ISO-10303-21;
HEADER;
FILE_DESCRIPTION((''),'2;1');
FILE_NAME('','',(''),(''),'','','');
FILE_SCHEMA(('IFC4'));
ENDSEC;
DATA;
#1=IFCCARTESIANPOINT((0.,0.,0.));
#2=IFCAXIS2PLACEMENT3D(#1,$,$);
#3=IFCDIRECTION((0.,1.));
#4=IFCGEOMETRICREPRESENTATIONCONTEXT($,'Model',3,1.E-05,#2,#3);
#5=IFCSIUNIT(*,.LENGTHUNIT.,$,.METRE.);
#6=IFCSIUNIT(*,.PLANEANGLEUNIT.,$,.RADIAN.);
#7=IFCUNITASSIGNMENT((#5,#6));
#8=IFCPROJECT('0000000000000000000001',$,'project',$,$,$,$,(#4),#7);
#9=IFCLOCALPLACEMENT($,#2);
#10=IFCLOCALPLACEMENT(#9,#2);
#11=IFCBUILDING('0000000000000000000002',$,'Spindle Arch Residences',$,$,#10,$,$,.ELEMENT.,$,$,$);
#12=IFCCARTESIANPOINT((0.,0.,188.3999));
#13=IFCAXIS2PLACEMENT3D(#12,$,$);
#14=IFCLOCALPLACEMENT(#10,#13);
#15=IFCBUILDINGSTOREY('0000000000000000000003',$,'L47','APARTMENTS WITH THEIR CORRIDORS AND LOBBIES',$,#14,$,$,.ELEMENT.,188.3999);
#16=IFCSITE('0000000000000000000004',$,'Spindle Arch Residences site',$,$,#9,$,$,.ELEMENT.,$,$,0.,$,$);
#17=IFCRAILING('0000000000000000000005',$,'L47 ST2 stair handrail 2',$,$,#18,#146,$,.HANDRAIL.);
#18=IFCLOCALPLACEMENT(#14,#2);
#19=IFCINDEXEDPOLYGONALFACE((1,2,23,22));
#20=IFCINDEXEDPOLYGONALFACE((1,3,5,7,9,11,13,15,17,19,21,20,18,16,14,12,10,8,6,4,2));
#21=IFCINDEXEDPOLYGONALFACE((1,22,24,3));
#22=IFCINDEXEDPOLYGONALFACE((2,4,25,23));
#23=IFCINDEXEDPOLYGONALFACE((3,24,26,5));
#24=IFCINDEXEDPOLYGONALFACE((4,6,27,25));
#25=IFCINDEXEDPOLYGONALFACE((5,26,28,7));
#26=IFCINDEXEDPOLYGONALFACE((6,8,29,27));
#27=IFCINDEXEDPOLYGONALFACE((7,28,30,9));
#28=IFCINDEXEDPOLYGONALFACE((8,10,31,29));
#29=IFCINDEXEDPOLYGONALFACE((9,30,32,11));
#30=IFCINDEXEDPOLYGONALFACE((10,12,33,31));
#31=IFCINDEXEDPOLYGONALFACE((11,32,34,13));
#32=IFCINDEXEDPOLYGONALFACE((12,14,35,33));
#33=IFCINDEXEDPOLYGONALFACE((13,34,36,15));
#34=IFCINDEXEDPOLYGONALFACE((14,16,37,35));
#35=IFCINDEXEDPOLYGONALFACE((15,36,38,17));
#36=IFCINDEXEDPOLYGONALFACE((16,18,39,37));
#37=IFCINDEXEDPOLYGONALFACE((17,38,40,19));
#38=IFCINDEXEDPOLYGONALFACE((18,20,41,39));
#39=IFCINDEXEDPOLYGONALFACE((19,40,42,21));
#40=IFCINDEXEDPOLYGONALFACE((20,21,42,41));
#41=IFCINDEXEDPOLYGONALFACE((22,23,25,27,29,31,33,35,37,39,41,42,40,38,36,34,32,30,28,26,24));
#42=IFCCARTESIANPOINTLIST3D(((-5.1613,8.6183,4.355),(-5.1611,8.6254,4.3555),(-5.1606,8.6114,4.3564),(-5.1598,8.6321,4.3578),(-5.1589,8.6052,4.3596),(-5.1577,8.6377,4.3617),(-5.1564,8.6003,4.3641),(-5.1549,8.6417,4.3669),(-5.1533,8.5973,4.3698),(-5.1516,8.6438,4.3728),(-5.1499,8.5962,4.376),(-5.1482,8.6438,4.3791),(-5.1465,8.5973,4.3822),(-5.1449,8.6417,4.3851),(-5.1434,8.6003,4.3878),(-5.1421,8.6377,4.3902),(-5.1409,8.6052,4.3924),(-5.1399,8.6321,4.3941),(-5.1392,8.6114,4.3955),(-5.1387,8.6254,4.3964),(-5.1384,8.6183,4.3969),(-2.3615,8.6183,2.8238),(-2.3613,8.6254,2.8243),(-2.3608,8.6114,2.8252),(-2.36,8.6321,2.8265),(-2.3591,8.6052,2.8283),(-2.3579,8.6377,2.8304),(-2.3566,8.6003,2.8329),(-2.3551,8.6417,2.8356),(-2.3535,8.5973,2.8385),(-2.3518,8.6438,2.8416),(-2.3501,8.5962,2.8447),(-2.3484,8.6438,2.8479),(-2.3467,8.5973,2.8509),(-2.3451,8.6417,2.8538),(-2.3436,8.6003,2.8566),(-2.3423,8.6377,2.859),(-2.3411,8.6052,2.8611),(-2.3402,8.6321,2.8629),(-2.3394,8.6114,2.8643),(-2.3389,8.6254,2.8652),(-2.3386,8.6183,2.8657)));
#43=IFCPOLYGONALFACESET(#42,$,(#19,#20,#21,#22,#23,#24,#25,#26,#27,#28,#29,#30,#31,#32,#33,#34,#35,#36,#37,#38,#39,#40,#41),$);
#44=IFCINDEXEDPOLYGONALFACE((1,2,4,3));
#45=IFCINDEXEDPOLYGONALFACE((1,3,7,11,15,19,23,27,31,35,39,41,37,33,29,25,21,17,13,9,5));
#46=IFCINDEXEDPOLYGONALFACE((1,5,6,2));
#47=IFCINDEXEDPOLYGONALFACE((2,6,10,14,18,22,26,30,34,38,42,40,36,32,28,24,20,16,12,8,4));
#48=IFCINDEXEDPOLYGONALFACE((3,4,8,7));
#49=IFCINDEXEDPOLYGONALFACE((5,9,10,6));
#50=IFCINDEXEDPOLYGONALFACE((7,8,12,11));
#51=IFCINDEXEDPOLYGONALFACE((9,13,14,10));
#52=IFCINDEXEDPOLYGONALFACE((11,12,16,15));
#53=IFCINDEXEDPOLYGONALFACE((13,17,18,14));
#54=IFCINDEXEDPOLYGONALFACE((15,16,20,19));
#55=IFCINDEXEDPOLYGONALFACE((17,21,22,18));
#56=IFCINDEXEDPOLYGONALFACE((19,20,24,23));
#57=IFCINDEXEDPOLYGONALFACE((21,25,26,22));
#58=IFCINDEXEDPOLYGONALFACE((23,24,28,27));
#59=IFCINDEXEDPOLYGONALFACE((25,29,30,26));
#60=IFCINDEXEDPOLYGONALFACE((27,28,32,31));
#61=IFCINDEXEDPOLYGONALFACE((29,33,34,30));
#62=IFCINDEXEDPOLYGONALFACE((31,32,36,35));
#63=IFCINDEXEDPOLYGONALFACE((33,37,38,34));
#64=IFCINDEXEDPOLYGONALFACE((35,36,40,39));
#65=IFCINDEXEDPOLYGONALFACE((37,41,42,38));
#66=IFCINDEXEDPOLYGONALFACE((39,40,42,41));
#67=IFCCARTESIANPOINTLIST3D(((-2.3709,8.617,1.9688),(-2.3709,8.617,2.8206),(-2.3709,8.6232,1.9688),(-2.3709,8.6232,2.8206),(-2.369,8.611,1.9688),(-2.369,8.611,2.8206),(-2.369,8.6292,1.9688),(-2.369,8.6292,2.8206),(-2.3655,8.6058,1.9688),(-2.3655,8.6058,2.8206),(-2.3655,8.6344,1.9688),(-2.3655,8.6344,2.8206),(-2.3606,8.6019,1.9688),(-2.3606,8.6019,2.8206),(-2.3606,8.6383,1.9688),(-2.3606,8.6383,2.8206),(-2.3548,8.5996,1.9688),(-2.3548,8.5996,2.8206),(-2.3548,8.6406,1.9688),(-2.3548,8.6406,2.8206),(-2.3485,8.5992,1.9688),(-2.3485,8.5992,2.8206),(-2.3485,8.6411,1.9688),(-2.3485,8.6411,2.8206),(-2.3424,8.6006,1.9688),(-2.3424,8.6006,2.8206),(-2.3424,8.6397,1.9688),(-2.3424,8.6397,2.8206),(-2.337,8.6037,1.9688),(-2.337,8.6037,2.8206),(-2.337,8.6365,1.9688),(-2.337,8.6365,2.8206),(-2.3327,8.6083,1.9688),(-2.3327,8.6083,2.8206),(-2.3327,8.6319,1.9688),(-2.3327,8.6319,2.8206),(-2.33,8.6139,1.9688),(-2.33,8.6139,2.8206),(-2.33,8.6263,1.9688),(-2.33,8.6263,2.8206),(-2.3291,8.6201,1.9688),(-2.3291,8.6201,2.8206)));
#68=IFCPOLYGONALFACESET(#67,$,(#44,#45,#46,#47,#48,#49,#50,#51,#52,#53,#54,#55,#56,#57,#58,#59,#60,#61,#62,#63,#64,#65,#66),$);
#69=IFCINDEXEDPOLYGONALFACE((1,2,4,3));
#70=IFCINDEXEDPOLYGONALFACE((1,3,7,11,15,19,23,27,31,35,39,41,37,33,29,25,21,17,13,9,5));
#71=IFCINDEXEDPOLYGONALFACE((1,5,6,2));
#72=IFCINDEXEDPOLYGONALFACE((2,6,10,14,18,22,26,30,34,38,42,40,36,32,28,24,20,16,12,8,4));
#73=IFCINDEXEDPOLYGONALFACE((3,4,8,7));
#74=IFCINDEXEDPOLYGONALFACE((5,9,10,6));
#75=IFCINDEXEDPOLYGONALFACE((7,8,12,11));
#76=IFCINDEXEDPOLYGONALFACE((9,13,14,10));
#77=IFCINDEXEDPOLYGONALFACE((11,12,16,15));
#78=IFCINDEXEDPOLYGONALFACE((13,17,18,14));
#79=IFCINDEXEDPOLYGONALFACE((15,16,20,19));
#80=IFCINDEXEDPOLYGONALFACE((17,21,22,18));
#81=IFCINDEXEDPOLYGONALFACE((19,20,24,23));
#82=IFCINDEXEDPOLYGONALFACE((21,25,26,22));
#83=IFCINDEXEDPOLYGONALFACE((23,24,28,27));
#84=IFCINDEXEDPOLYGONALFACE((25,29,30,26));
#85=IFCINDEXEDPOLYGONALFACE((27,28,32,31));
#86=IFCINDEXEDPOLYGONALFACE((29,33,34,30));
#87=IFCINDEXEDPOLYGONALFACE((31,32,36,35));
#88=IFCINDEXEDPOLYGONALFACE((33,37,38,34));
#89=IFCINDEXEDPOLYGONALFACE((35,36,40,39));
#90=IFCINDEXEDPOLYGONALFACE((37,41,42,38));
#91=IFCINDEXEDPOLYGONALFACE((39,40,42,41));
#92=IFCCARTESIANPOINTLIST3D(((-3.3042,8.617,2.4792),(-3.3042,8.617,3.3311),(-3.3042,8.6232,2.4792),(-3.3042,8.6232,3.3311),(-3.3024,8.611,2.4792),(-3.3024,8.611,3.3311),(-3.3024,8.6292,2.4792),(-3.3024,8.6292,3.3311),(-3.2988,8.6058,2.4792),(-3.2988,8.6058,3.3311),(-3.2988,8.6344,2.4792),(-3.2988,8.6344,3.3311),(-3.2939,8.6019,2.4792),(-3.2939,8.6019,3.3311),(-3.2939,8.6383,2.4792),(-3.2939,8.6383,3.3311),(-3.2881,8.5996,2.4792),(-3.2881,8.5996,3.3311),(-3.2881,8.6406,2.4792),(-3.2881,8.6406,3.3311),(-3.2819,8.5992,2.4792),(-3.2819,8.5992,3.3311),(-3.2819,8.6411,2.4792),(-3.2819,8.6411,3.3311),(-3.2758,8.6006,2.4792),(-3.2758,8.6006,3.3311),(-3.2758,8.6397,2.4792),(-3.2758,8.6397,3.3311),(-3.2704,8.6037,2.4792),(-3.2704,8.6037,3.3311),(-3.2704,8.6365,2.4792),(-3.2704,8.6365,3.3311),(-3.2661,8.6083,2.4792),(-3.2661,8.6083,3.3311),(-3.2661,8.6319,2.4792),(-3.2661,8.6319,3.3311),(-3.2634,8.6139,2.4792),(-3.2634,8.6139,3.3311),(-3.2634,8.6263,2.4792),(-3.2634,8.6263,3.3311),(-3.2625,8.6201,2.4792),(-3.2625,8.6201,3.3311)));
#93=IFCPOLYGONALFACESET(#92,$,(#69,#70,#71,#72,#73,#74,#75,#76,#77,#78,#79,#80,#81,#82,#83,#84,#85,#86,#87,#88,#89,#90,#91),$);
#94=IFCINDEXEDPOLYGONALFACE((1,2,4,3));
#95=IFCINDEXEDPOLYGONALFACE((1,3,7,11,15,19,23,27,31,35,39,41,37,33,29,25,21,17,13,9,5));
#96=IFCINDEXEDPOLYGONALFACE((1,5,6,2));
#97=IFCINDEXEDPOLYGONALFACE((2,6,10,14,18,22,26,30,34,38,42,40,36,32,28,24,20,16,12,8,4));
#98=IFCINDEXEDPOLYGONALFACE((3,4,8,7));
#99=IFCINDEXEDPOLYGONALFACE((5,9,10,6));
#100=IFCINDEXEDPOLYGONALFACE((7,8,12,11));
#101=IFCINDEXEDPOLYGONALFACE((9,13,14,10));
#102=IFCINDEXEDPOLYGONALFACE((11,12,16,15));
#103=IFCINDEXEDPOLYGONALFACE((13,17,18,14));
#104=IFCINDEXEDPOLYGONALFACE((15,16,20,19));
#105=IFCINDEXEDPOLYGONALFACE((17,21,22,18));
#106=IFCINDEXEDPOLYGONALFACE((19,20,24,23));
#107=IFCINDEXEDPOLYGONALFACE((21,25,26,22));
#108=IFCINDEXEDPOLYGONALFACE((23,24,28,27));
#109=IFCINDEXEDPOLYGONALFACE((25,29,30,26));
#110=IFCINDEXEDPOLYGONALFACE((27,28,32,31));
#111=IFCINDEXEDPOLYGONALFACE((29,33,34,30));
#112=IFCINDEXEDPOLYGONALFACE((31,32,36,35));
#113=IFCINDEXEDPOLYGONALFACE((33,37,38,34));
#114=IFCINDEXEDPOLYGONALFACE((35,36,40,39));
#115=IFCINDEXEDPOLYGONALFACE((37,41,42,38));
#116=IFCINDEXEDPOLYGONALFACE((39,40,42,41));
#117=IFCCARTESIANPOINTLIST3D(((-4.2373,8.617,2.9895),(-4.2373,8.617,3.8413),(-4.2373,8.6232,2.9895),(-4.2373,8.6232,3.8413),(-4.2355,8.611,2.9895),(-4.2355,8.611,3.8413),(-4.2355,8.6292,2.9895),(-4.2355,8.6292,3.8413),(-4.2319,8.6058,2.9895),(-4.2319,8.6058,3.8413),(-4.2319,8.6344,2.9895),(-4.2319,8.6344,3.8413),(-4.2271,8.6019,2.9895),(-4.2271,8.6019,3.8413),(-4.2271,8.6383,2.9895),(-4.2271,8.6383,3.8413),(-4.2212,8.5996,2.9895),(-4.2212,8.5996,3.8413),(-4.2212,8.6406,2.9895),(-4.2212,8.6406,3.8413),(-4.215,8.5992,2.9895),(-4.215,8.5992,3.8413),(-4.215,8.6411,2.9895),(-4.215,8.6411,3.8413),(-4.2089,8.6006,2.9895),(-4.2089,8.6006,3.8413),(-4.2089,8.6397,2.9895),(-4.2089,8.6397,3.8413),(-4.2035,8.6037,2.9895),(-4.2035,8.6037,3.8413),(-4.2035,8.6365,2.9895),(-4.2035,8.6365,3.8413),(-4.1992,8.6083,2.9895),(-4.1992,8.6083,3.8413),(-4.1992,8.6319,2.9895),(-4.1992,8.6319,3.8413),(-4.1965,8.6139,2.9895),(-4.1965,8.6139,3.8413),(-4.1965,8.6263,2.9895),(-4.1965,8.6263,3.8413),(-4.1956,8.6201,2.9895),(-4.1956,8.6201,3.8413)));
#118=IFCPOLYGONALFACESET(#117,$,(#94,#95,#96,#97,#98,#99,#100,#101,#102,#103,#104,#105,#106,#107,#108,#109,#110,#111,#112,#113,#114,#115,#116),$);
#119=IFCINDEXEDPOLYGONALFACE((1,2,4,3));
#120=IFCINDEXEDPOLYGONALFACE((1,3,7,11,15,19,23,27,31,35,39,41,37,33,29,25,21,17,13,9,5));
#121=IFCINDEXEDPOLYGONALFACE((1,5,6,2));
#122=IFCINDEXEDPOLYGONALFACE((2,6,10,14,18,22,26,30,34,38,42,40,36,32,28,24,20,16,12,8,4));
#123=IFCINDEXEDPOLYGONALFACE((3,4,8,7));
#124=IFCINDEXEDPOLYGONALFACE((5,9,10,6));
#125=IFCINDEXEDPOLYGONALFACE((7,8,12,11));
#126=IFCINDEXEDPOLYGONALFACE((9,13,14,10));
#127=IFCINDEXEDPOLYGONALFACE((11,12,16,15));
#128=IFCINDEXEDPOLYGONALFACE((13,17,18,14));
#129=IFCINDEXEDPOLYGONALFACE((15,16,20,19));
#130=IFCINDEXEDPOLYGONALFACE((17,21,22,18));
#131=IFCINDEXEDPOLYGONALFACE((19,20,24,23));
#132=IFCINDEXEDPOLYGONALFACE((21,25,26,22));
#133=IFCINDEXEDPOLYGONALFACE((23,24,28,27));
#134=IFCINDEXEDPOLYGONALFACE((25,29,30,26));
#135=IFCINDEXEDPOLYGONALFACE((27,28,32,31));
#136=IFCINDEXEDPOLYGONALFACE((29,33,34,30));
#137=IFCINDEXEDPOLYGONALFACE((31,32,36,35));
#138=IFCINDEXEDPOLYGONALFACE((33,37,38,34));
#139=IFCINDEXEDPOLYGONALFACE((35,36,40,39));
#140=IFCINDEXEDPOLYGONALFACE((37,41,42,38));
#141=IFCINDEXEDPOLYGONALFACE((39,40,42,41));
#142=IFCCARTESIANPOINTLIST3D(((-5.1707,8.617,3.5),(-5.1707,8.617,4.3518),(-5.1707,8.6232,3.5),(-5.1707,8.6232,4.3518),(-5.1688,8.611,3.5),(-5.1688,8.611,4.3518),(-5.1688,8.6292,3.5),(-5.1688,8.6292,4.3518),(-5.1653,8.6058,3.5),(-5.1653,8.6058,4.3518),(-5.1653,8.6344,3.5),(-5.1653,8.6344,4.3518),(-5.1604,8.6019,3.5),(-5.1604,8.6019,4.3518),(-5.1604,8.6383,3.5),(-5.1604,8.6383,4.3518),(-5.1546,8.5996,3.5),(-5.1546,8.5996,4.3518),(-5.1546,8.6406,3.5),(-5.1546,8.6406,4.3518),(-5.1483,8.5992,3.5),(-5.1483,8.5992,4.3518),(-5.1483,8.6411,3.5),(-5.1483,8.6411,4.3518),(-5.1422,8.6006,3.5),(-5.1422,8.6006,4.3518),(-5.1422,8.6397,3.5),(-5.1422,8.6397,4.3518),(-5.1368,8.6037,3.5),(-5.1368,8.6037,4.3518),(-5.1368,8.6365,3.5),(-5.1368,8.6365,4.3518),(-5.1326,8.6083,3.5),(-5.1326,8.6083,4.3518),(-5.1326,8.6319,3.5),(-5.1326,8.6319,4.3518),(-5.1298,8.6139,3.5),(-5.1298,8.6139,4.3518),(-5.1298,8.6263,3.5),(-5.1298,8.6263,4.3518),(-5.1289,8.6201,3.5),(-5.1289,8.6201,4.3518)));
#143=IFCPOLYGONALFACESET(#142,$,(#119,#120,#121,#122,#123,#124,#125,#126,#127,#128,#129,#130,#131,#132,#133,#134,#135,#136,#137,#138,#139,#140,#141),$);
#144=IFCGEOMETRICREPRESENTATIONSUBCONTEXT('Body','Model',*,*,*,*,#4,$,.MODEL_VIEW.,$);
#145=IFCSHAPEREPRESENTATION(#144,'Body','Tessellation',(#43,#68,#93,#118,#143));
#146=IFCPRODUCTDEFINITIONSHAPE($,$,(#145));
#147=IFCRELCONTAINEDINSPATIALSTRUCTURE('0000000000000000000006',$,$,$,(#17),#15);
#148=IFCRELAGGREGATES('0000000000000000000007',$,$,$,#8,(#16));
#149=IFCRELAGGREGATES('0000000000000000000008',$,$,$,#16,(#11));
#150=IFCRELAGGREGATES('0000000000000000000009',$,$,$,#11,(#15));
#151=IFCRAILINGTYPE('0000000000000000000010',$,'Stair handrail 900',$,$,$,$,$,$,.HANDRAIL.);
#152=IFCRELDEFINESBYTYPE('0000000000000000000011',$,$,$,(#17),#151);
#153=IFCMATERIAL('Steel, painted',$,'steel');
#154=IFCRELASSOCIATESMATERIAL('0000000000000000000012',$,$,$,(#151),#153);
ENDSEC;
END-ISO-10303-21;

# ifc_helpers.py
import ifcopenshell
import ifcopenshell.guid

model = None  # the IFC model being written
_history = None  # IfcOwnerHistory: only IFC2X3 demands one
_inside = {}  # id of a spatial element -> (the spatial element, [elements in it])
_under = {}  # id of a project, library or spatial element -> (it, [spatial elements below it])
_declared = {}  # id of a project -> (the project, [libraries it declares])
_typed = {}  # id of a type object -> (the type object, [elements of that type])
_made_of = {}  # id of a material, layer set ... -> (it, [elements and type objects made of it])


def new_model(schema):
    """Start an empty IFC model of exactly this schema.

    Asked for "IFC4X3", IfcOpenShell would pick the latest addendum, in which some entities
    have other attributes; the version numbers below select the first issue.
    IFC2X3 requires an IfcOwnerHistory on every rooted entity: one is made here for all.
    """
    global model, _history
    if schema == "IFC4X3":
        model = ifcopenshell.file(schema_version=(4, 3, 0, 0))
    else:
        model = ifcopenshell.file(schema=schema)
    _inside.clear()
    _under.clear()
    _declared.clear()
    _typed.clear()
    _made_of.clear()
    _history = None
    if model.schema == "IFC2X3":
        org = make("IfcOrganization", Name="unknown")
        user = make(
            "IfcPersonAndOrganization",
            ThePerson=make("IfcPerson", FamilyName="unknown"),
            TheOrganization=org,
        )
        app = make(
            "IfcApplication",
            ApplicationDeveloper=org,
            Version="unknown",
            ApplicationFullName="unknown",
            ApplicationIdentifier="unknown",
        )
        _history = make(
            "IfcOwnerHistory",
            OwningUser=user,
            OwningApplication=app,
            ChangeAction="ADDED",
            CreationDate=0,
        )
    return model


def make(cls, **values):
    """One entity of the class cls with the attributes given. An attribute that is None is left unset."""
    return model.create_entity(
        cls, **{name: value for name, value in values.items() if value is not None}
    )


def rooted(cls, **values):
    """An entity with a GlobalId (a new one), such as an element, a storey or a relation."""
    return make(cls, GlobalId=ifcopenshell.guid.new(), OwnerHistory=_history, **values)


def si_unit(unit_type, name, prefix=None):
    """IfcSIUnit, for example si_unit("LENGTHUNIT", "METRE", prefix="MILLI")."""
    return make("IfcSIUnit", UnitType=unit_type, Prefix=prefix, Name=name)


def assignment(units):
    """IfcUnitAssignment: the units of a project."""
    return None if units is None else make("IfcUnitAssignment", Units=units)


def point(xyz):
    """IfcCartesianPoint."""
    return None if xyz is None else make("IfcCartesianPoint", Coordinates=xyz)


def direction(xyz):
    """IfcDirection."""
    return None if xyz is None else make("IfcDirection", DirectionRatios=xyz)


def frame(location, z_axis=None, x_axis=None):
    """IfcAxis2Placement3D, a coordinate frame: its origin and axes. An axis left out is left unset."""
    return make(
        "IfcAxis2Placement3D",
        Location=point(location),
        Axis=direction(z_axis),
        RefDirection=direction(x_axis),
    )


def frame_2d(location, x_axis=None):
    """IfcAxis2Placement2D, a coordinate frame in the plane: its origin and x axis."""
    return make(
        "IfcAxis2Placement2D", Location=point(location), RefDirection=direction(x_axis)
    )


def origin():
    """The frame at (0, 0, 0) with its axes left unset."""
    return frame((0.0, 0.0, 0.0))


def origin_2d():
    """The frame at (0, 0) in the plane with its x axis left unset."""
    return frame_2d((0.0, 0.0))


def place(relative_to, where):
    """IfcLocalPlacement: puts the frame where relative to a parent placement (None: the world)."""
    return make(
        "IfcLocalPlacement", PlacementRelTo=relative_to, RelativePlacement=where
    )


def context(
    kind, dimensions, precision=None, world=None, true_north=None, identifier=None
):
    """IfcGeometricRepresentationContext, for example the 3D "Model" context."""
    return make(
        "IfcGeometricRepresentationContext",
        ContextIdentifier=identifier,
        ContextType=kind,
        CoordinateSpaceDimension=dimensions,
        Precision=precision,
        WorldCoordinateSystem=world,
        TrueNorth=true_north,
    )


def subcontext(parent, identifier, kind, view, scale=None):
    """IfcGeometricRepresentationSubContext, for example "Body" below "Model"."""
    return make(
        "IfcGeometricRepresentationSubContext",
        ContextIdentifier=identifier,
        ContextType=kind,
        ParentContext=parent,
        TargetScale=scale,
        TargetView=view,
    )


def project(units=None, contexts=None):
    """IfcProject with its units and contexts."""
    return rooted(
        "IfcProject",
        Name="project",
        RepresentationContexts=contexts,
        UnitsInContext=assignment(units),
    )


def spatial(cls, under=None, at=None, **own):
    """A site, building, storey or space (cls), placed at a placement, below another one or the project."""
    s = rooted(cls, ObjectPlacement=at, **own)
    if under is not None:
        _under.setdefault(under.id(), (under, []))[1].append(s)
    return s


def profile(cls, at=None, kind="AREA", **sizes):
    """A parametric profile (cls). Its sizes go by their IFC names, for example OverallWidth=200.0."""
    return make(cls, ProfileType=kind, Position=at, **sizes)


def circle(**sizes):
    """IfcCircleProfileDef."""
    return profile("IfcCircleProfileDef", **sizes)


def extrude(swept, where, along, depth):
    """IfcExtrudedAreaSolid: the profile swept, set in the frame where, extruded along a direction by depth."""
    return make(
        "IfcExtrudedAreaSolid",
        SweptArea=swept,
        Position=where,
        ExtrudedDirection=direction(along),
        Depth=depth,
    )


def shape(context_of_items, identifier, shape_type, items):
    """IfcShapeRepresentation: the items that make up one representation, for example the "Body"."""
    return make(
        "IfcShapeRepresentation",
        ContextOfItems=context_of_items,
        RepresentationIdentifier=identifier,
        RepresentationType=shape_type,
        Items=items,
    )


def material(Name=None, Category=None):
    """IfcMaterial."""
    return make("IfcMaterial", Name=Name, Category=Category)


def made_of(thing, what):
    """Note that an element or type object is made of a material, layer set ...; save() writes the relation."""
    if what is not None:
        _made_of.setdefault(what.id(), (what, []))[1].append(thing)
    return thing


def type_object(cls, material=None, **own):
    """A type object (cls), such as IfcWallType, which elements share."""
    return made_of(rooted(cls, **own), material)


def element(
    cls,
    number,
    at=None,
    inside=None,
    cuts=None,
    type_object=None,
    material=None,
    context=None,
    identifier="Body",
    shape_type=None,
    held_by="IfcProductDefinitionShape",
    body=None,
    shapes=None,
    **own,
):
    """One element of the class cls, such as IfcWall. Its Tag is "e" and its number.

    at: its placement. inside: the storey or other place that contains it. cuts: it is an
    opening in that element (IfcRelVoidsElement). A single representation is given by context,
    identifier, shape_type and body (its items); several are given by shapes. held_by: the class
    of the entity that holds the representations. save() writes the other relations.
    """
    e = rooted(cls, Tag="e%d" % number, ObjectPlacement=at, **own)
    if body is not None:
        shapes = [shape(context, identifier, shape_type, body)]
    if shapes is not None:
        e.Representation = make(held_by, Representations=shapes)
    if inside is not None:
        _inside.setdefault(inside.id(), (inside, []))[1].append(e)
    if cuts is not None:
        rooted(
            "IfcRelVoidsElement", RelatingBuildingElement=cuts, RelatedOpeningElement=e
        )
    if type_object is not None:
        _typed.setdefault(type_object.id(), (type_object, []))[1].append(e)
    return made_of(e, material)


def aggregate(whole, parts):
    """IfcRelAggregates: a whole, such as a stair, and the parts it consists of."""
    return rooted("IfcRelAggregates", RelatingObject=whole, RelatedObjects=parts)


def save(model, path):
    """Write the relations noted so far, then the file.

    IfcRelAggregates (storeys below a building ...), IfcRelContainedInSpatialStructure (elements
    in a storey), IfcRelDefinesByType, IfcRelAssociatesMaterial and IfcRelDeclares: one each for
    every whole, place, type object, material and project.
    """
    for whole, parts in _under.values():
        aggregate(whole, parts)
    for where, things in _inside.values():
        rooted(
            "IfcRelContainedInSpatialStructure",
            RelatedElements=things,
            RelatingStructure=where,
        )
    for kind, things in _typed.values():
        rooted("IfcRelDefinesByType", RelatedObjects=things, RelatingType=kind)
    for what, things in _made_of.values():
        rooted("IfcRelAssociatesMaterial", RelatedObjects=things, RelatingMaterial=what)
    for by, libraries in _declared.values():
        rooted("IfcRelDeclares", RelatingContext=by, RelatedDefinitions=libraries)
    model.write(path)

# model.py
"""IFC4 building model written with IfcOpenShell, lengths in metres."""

from ifc_helpers import new_model, si_unit, direction, frame, origin, origin_2d, place, context, subcontext, project, spatial, circle, extrude, material, type_object, element, save


model = new_model("IFC4")

# Units and contexts
model_context = context("Model", 3, precision=1e-05, world=origin(), true_north=direction((0.0, 1.0)))
body_context = subcontext(model_context, "Body", "Model", "MODEL_VIEW")
ifc_project = project(units=[si_unit("LENGTHUNIT", "METRE"), si_unit("PLANEANGLEUNIT", "RADIAN")], contexts=[model_context])

# Site, building, storey
site_placement = place(None, origin())
site = spatial("IfcSite", under=ifc_project, at=site_placement, Name="Spindle Arch Residences site", CompositionType="ELEMENT", RefElevation=0.0)
building_placement = place(site_placement, origin())
building = spatial("IfcBuilding", under=site, at=building_placement, Name="Spindle Arch Residences", CompositionType="ELEMENT")
storey_placement = place(building_placement, frame((0.0, 0.0, 188.3999)))
storey = spatial("IfcBuildingStorey", under=building, at=storey_placement, Name="L47", Description="APARTMENTS WITH THEIR CORRIDORS AND LOBBIES", CompositionType="ELEMENT", Elevation=188.3999)

# Railing
ifc_material_1 = material(Name="Steel, painted", Category="steel")
railing_type_1 = type_object("IfcRailingType", Name="Stair handrail 900", PredefinedType="HANDRAIL", material=ifc_material_1)
railing_1_placement = place(storey_placement, frame((-2.3501, 8.6201, 1.9688)))
element("IfcRailing", 1, at=railing_1_placement, inside=storey, type_object=railing_type_1, Name="L47 ST2 stair handrail 2", PredefinedType="HANDRAIL", context=body_context, shape_type="SweptSolid", body=[
    extrude(circle(Radius=0.0239, at=origin_2d()), frame((0.0, 0.0, 0.876), z_axis=(-0.877357, 0.0, 0.479838), x_axis=(0.0, -1.0, 0.0)), (0.0, 0.0, 1.0), 3.1912),
    extrude(circle(Radius=0.021, at=origin_2d()), origin(), (0.0, 0.0, 1.0), 0.8518),
    extrude(circle(Radius=0.021, at=origin_2d()), frame((-0.9333, 0.0, 0.5105)), (0.0, 0.0, 1.0), 0.8518),
    extrude(circle(Radius=0.021, at=origin_2d()), frame((-1.8665, 0.0, 1.0208)), (0.0, 0.0, 1.0), 0.8518),
    extrude(circle(Radius=0.021, at=origin_2d()), frame((-2.7998, 0.0, 1.5312)), (0.0, 0.0, 1.0), 0.8518),
])

save(model, "model.ifc")
